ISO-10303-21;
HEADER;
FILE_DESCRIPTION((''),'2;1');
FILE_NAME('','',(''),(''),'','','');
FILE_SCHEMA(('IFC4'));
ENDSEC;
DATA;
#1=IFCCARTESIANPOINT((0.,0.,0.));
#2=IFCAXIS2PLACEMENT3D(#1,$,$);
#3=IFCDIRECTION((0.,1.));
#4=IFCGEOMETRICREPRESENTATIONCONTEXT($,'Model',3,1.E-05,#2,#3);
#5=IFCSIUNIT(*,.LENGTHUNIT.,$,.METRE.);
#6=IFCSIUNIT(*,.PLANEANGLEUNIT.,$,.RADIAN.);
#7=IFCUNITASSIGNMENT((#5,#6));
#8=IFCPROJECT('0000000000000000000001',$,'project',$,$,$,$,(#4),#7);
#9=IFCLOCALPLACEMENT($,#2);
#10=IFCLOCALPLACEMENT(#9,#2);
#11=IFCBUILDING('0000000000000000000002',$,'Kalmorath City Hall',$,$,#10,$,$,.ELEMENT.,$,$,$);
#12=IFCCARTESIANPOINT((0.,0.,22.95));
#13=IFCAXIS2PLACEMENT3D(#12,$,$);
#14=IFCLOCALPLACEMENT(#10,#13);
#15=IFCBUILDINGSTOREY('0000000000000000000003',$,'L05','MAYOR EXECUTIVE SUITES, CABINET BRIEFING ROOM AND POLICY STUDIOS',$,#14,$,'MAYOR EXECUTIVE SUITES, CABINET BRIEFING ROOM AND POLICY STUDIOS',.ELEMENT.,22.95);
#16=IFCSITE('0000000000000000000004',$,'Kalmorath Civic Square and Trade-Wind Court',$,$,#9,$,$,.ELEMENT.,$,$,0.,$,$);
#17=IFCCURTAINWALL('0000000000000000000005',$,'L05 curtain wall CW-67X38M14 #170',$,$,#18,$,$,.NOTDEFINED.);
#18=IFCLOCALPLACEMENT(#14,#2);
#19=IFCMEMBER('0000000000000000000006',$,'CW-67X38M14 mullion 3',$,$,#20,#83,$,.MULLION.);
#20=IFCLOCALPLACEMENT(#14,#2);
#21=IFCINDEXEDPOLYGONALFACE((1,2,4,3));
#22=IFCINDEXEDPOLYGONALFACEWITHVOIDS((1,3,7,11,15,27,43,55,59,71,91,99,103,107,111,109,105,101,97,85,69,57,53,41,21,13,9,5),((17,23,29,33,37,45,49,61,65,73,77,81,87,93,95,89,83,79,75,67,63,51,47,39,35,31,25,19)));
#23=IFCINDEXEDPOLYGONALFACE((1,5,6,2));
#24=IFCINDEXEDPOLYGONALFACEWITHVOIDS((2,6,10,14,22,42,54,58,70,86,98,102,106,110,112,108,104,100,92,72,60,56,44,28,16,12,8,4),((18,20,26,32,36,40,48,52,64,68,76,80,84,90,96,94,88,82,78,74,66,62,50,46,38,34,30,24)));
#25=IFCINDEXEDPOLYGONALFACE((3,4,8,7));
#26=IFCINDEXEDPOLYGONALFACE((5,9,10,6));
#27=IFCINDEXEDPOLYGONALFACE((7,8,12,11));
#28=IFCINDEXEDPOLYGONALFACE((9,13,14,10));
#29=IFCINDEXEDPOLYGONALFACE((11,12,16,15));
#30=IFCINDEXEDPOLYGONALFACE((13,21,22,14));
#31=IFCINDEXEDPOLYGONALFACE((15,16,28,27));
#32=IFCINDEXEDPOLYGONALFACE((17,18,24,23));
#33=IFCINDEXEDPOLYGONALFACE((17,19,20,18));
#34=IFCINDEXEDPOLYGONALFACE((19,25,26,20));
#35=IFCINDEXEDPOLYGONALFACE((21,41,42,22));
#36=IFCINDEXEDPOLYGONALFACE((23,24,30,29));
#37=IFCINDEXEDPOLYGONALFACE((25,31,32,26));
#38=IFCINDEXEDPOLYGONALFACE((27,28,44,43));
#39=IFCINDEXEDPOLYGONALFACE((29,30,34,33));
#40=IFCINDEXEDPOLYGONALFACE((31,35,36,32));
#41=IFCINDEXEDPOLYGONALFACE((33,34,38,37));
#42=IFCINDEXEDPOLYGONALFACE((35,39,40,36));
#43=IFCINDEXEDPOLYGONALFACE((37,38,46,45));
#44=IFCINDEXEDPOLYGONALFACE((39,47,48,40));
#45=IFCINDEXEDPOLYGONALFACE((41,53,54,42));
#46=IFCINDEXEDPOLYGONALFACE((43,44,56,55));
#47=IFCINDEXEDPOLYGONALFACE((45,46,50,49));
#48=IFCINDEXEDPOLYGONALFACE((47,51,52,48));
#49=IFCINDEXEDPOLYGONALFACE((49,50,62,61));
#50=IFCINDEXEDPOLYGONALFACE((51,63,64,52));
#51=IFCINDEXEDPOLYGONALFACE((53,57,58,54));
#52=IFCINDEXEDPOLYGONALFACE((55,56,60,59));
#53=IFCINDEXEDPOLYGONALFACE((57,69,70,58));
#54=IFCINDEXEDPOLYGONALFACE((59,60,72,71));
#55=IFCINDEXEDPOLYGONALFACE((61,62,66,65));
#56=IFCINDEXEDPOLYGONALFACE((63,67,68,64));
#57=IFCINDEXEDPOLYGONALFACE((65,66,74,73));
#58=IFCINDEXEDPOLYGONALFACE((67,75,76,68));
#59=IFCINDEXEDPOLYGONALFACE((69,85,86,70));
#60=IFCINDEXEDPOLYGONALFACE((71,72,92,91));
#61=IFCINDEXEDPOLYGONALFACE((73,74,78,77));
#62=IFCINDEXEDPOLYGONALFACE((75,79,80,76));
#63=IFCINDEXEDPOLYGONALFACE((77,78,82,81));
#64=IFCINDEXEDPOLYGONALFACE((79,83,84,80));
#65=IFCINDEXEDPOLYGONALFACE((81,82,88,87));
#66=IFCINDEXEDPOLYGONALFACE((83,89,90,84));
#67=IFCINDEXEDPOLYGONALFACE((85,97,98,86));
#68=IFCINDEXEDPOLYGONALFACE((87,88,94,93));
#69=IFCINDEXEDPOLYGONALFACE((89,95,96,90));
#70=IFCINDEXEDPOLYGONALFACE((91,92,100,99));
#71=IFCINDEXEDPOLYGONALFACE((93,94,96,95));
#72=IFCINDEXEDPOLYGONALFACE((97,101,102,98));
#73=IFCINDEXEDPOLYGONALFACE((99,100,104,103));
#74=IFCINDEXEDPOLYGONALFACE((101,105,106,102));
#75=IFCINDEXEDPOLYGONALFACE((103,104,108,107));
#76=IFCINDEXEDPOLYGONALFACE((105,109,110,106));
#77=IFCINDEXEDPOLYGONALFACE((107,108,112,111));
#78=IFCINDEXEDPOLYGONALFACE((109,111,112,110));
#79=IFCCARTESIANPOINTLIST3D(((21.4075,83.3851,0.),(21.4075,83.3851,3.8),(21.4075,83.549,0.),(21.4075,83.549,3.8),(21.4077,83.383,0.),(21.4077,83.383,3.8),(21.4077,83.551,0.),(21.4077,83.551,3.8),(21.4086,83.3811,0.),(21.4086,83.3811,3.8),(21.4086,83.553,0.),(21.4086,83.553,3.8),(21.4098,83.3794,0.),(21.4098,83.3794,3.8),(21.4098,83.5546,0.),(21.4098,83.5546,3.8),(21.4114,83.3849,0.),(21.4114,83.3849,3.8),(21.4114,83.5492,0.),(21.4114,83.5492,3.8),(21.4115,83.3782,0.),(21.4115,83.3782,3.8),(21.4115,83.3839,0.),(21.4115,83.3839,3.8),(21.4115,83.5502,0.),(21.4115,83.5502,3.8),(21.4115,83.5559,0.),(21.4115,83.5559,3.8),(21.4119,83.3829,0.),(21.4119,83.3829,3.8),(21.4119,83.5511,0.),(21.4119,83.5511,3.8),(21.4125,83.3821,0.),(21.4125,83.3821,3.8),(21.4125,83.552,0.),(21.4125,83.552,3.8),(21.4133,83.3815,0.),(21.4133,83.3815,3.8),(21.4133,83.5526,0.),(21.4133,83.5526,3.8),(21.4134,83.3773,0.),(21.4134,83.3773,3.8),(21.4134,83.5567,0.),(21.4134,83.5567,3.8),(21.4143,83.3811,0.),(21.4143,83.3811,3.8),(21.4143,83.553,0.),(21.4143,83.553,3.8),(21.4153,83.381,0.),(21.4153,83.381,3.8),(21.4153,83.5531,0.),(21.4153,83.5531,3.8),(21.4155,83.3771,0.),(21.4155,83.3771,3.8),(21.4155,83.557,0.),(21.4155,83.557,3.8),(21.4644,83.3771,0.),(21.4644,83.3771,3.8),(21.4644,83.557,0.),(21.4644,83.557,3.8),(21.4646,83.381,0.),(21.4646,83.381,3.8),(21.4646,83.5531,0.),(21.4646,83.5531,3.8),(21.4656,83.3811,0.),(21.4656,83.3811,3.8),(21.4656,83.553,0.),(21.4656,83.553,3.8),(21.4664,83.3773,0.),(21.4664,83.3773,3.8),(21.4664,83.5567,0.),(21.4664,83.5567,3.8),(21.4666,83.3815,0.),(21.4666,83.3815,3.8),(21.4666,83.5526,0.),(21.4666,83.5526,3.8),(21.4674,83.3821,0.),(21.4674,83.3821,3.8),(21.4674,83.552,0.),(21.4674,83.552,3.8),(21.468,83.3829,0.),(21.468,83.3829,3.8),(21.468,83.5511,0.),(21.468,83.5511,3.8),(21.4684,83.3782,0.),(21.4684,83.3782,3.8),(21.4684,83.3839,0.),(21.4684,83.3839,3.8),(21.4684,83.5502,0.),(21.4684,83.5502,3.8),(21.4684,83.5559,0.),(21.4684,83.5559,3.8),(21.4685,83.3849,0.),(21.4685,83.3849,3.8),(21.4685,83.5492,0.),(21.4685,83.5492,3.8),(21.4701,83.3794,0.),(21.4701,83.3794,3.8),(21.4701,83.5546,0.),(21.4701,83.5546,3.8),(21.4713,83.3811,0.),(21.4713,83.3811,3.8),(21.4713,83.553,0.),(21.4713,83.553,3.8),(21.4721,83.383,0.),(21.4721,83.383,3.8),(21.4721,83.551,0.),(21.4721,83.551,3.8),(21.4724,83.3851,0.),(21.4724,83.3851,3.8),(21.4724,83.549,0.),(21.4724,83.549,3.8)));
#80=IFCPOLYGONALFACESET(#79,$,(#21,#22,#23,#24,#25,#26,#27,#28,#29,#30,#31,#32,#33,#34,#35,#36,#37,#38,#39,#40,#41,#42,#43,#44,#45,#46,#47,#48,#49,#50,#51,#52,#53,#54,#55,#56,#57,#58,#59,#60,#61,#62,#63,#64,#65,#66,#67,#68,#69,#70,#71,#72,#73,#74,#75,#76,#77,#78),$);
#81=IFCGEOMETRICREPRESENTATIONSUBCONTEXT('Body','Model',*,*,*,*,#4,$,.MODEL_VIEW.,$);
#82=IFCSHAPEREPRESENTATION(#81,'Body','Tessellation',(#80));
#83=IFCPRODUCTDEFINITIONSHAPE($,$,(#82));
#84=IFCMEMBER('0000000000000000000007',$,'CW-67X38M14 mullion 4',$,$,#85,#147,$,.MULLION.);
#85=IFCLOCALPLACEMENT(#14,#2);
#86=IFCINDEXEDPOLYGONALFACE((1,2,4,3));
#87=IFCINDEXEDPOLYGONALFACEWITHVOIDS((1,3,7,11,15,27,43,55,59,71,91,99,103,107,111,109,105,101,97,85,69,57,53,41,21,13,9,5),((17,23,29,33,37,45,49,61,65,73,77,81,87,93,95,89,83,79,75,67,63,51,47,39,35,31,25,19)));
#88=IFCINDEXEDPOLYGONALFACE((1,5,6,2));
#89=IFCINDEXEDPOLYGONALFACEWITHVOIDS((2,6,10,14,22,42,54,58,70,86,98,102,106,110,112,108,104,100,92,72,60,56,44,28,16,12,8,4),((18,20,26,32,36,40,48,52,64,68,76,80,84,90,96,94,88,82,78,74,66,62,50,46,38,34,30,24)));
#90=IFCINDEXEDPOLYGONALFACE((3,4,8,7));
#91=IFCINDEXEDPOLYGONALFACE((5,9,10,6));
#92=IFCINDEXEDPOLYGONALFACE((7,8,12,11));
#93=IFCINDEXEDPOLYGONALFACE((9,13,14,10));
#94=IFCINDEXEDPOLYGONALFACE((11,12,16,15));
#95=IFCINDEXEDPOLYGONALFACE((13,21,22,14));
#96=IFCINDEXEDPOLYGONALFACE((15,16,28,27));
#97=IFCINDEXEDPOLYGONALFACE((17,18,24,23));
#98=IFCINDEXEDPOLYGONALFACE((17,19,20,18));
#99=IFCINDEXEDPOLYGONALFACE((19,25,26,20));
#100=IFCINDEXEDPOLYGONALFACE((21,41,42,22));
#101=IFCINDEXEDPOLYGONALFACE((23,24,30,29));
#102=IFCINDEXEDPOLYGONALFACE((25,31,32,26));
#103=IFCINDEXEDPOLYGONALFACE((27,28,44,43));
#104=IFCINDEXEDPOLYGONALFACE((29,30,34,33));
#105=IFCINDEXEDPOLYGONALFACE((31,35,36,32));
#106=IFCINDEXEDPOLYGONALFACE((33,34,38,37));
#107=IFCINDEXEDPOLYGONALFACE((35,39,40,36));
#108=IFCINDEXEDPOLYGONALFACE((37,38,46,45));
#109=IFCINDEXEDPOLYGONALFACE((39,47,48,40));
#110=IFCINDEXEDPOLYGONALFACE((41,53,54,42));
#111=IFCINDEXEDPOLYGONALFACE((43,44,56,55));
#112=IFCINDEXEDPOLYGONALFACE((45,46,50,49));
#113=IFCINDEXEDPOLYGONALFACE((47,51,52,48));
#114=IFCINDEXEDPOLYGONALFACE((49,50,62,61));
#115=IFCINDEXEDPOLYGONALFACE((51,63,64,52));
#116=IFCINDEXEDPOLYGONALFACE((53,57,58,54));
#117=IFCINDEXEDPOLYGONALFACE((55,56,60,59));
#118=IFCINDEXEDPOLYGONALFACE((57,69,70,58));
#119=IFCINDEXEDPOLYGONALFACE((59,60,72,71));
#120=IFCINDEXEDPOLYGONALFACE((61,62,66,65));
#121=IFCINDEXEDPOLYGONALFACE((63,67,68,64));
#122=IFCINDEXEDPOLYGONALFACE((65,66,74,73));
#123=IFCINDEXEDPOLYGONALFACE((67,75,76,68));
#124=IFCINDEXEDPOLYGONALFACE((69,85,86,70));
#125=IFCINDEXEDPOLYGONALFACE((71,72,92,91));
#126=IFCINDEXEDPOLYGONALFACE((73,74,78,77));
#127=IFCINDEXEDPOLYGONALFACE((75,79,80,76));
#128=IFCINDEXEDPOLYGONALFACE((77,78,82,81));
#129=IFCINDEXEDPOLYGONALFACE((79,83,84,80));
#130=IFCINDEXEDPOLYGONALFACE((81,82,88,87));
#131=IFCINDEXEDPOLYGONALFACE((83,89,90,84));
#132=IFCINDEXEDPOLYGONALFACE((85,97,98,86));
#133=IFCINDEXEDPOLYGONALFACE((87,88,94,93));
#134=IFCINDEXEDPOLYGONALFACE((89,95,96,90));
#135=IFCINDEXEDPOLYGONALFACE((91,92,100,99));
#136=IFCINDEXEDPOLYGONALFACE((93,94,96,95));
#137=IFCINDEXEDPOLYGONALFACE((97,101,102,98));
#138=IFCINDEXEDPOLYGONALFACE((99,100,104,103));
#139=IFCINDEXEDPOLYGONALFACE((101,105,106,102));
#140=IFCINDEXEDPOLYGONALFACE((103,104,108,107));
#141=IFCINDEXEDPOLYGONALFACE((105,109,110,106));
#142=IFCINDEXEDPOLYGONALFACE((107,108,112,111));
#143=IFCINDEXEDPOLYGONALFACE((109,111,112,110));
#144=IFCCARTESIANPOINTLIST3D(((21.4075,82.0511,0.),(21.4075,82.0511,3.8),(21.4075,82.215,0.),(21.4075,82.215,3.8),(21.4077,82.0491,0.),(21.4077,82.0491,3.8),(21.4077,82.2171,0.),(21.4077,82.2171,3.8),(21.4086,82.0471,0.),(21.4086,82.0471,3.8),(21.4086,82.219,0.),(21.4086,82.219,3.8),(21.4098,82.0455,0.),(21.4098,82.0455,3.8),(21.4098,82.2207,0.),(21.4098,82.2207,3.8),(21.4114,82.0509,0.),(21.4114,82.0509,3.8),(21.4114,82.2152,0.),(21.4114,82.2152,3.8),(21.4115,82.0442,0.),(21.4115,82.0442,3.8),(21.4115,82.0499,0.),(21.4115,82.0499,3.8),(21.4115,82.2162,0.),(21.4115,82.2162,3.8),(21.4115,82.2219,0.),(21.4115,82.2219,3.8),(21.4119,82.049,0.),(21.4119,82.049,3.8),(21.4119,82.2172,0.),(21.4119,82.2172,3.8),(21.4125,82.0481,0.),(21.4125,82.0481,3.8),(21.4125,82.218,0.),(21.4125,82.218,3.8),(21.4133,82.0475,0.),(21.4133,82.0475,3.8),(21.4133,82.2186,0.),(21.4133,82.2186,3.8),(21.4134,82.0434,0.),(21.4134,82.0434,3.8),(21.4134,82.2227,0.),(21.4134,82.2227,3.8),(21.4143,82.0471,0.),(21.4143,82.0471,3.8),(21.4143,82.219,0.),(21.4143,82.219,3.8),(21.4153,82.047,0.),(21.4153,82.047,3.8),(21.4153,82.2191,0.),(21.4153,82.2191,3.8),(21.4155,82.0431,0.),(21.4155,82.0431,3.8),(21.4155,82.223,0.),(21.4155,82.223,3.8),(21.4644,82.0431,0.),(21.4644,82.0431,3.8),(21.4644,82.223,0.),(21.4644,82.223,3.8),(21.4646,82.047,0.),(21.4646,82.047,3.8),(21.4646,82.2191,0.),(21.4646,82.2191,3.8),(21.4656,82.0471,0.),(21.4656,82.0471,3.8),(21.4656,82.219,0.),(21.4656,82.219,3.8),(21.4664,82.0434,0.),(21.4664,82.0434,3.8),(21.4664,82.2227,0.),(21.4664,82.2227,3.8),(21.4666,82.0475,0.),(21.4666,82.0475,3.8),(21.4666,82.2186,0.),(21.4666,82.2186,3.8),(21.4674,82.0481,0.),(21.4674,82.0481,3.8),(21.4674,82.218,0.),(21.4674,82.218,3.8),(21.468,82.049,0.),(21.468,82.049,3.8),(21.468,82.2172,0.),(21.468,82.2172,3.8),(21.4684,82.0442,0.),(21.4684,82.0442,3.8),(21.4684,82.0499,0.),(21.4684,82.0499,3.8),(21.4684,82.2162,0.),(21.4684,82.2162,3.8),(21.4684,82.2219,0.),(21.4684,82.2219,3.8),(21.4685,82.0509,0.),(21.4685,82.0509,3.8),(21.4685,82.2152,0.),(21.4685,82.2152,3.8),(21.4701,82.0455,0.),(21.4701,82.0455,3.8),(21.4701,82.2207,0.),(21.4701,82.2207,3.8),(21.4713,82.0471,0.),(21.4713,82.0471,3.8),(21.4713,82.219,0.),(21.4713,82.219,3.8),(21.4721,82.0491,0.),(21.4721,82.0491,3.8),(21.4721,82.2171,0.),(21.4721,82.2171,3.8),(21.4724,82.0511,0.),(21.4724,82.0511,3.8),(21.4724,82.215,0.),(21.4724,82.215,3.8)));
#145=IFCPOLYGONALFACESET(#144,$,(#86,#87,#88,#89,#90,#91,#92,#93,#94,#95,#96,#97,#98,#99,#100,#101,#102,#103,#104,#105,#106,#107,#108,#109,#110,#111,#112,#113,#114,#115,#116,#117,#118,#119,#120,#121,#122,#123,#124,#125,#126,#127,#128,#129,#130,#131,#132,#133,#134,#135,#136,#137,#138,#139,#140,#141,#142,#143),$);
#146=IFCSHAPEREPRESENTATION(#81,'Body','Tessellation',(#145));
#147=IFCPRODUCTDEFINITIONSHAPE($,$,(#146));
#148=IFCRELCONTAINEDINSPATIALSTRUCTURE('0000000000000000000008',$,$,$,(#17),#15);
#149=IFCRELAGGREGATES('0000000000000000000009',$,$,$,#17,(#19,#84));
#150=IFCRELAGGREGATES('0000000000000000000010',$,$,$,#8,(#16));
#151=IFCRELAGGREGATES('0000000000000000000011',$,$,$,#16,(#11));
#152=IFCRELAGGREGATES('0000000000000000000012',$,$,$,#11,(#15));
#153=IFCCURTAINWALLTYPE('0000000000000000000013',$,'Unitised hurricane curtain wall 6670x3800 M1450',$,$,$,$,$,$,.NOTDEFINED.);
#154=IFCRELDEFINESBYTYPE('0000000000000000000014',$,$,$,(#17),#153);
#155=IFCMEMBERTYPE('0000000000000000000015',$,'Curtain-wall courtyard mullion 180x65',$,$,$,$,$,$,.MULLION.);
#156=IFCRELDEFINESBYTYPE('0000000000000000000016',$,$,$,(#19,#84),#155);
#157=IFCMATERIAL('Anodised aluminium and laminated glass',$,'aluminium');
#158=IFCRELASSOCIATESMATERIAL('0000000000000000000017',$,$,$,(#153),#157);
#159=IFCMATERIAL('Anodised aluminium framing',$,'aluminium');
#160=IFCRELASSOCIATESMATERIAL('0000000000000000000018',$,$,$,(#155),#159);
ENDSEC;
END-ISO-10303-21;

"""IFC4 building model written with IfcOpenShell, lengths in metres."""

from ifc_helpers import new_model, si_unit, direction, frame, origin, origin_2d, place, context, subcontext, project, spatial, hollow_rectangle, extrude, material, material_profile, profile_set, type_object, element, aggregate, save


model = new_model("IFC4")

# Units and contexts
model_context = context("Model", 3, precision=1e-05, world=origin(), true_north=direction((0.0, 1.0)))
body_context = subcontext(model_context, "Body", "Model", "MODEL_VIEW")
ifc_project = project(units=[si_unit("LENGTHUNIT", "METRE"), si_unit("PLANEANGLEUNIT", "RADIAN")], contexts=[model_context])

# Site, building, storey
site_placement = place(None, origin())
site = spatial("IfcSite", under=ifc_project, at=site_placement, Name="Kalmorath Civic Square and Trade-Wind Court", CompositionType="ELEMENT", RefElevation=0.0)
building_placement = place(site_placement, origin())
building = spatial("IfcBuilding", under=site, at=building_placement, Name="Kalmorath City Hall", CompositionType="ELEMENT")
storey_placement = place(building_placement, frame((0.0, 0.0, 22.95)))
storey = spatial("IfcBuildingStorey", under=building, at=storey_placement, Name="L05", Description="MAYOR EXECUTIVE SUITES, CABINET BRIEFING ROOM AND POLICY STUDIOS", LongName="MAYOR EXECUTIVE SUITES, CABINET BRIEFING ROOM AND POLICY STUDIOS", CompositionType="ELEMENT", Elevation=22.95)

# Curtain wall, members
ifc_material_1 = material(Name="Anodised aluminium and laminated glass", Category="aluminium")
curtain_wall_type = type_object("IfcCurtainWallType", Name="Unitised hurricane curtain wall 6670x3800 M1450", PredefinedType="NOTDEFINED", material=ifc_material_1)
curtain_wall_placement = place(storey_placement, origin())
curtain_wall = element("IfcCurtainWall", 1, at=curtain_wall_placement, inside=storey, type_object=curtain_wall_type, Name="L05 curtain wall CW-67X38M14 #170", PredefinedType="NOTDEFINED")
ifc_material_2 = material(Name="Anodised aluminium framing", Category="aluminium")
ifc_material_profile_1 = material_profile(ifc_material_2, hollow_rectangle(XDim=0.0649, YDim=0.1799, WallThickness=0.0039, InnerFilletRadius=0.0039, OuterFilletRadius=0.0081, at=origin_2d()), Name="ALU-MUL-180X65X4")
ifc_profile_set_1 = profile_set([ifc_material_profile_1], Name="Anodised aluminium framing")
member_type_1 = type_object("IfcMemberType", Name="Curtain-wall courtyard mullion 180x65", PredefinedType="MULLION", material=ifc_profile_set_1)
member_1_placement = place(storey_placement, frame((21.4399, 83.467, 0.0), z_axis=(0.0, 0.0, 1.0), x_axis=(1.0, 0.0, 0.0)))
member_1 = element("IfcMember", 2, at=member_1_placement, type_object=member_type_1, Name="CW-67X38M14 mullion 3", PredefinedType="MULLION", context=body_context, shape_type="SweptSolid", body=[
    extrude(hollow_rectangle(XDim=0.0649, YDim=0.1799, WallThickness=0.0039, InnerFilletRadius=0.0039, OuterFilletRadius=0.0081, at=origin_2d()), origin(), (0.0, 0.0, 1.0), 3.8),
])
member_2_placement = place(storey_placement, frame((21.4399, 82.1331, 0.0), z_axis=(0.0, 0.0, 1.0), x_axis=(1.0, 0.0, 0.0)))
member_2 = element("IfcMember", 3, at=member_2_placement, type_object=member_type_1, Name="CW-67X38M14 mullion 4", PredefinedType="MULLION", context=body_context, shape_type="SweptSolid", body=[
    extrude(hollow_rectangle(XDim=0.0649, YDim=0.1799, WallThickness=0.0039, InnerFilletRadius=0.0039, OuterFilletRadius=0.0081, at=origin_2d()), origin(), (0.0, 0.0, 1.0), 3.8),
])
aggregate(curtain_wall, [member_1, member_2])

save(model, "model.ifc")
